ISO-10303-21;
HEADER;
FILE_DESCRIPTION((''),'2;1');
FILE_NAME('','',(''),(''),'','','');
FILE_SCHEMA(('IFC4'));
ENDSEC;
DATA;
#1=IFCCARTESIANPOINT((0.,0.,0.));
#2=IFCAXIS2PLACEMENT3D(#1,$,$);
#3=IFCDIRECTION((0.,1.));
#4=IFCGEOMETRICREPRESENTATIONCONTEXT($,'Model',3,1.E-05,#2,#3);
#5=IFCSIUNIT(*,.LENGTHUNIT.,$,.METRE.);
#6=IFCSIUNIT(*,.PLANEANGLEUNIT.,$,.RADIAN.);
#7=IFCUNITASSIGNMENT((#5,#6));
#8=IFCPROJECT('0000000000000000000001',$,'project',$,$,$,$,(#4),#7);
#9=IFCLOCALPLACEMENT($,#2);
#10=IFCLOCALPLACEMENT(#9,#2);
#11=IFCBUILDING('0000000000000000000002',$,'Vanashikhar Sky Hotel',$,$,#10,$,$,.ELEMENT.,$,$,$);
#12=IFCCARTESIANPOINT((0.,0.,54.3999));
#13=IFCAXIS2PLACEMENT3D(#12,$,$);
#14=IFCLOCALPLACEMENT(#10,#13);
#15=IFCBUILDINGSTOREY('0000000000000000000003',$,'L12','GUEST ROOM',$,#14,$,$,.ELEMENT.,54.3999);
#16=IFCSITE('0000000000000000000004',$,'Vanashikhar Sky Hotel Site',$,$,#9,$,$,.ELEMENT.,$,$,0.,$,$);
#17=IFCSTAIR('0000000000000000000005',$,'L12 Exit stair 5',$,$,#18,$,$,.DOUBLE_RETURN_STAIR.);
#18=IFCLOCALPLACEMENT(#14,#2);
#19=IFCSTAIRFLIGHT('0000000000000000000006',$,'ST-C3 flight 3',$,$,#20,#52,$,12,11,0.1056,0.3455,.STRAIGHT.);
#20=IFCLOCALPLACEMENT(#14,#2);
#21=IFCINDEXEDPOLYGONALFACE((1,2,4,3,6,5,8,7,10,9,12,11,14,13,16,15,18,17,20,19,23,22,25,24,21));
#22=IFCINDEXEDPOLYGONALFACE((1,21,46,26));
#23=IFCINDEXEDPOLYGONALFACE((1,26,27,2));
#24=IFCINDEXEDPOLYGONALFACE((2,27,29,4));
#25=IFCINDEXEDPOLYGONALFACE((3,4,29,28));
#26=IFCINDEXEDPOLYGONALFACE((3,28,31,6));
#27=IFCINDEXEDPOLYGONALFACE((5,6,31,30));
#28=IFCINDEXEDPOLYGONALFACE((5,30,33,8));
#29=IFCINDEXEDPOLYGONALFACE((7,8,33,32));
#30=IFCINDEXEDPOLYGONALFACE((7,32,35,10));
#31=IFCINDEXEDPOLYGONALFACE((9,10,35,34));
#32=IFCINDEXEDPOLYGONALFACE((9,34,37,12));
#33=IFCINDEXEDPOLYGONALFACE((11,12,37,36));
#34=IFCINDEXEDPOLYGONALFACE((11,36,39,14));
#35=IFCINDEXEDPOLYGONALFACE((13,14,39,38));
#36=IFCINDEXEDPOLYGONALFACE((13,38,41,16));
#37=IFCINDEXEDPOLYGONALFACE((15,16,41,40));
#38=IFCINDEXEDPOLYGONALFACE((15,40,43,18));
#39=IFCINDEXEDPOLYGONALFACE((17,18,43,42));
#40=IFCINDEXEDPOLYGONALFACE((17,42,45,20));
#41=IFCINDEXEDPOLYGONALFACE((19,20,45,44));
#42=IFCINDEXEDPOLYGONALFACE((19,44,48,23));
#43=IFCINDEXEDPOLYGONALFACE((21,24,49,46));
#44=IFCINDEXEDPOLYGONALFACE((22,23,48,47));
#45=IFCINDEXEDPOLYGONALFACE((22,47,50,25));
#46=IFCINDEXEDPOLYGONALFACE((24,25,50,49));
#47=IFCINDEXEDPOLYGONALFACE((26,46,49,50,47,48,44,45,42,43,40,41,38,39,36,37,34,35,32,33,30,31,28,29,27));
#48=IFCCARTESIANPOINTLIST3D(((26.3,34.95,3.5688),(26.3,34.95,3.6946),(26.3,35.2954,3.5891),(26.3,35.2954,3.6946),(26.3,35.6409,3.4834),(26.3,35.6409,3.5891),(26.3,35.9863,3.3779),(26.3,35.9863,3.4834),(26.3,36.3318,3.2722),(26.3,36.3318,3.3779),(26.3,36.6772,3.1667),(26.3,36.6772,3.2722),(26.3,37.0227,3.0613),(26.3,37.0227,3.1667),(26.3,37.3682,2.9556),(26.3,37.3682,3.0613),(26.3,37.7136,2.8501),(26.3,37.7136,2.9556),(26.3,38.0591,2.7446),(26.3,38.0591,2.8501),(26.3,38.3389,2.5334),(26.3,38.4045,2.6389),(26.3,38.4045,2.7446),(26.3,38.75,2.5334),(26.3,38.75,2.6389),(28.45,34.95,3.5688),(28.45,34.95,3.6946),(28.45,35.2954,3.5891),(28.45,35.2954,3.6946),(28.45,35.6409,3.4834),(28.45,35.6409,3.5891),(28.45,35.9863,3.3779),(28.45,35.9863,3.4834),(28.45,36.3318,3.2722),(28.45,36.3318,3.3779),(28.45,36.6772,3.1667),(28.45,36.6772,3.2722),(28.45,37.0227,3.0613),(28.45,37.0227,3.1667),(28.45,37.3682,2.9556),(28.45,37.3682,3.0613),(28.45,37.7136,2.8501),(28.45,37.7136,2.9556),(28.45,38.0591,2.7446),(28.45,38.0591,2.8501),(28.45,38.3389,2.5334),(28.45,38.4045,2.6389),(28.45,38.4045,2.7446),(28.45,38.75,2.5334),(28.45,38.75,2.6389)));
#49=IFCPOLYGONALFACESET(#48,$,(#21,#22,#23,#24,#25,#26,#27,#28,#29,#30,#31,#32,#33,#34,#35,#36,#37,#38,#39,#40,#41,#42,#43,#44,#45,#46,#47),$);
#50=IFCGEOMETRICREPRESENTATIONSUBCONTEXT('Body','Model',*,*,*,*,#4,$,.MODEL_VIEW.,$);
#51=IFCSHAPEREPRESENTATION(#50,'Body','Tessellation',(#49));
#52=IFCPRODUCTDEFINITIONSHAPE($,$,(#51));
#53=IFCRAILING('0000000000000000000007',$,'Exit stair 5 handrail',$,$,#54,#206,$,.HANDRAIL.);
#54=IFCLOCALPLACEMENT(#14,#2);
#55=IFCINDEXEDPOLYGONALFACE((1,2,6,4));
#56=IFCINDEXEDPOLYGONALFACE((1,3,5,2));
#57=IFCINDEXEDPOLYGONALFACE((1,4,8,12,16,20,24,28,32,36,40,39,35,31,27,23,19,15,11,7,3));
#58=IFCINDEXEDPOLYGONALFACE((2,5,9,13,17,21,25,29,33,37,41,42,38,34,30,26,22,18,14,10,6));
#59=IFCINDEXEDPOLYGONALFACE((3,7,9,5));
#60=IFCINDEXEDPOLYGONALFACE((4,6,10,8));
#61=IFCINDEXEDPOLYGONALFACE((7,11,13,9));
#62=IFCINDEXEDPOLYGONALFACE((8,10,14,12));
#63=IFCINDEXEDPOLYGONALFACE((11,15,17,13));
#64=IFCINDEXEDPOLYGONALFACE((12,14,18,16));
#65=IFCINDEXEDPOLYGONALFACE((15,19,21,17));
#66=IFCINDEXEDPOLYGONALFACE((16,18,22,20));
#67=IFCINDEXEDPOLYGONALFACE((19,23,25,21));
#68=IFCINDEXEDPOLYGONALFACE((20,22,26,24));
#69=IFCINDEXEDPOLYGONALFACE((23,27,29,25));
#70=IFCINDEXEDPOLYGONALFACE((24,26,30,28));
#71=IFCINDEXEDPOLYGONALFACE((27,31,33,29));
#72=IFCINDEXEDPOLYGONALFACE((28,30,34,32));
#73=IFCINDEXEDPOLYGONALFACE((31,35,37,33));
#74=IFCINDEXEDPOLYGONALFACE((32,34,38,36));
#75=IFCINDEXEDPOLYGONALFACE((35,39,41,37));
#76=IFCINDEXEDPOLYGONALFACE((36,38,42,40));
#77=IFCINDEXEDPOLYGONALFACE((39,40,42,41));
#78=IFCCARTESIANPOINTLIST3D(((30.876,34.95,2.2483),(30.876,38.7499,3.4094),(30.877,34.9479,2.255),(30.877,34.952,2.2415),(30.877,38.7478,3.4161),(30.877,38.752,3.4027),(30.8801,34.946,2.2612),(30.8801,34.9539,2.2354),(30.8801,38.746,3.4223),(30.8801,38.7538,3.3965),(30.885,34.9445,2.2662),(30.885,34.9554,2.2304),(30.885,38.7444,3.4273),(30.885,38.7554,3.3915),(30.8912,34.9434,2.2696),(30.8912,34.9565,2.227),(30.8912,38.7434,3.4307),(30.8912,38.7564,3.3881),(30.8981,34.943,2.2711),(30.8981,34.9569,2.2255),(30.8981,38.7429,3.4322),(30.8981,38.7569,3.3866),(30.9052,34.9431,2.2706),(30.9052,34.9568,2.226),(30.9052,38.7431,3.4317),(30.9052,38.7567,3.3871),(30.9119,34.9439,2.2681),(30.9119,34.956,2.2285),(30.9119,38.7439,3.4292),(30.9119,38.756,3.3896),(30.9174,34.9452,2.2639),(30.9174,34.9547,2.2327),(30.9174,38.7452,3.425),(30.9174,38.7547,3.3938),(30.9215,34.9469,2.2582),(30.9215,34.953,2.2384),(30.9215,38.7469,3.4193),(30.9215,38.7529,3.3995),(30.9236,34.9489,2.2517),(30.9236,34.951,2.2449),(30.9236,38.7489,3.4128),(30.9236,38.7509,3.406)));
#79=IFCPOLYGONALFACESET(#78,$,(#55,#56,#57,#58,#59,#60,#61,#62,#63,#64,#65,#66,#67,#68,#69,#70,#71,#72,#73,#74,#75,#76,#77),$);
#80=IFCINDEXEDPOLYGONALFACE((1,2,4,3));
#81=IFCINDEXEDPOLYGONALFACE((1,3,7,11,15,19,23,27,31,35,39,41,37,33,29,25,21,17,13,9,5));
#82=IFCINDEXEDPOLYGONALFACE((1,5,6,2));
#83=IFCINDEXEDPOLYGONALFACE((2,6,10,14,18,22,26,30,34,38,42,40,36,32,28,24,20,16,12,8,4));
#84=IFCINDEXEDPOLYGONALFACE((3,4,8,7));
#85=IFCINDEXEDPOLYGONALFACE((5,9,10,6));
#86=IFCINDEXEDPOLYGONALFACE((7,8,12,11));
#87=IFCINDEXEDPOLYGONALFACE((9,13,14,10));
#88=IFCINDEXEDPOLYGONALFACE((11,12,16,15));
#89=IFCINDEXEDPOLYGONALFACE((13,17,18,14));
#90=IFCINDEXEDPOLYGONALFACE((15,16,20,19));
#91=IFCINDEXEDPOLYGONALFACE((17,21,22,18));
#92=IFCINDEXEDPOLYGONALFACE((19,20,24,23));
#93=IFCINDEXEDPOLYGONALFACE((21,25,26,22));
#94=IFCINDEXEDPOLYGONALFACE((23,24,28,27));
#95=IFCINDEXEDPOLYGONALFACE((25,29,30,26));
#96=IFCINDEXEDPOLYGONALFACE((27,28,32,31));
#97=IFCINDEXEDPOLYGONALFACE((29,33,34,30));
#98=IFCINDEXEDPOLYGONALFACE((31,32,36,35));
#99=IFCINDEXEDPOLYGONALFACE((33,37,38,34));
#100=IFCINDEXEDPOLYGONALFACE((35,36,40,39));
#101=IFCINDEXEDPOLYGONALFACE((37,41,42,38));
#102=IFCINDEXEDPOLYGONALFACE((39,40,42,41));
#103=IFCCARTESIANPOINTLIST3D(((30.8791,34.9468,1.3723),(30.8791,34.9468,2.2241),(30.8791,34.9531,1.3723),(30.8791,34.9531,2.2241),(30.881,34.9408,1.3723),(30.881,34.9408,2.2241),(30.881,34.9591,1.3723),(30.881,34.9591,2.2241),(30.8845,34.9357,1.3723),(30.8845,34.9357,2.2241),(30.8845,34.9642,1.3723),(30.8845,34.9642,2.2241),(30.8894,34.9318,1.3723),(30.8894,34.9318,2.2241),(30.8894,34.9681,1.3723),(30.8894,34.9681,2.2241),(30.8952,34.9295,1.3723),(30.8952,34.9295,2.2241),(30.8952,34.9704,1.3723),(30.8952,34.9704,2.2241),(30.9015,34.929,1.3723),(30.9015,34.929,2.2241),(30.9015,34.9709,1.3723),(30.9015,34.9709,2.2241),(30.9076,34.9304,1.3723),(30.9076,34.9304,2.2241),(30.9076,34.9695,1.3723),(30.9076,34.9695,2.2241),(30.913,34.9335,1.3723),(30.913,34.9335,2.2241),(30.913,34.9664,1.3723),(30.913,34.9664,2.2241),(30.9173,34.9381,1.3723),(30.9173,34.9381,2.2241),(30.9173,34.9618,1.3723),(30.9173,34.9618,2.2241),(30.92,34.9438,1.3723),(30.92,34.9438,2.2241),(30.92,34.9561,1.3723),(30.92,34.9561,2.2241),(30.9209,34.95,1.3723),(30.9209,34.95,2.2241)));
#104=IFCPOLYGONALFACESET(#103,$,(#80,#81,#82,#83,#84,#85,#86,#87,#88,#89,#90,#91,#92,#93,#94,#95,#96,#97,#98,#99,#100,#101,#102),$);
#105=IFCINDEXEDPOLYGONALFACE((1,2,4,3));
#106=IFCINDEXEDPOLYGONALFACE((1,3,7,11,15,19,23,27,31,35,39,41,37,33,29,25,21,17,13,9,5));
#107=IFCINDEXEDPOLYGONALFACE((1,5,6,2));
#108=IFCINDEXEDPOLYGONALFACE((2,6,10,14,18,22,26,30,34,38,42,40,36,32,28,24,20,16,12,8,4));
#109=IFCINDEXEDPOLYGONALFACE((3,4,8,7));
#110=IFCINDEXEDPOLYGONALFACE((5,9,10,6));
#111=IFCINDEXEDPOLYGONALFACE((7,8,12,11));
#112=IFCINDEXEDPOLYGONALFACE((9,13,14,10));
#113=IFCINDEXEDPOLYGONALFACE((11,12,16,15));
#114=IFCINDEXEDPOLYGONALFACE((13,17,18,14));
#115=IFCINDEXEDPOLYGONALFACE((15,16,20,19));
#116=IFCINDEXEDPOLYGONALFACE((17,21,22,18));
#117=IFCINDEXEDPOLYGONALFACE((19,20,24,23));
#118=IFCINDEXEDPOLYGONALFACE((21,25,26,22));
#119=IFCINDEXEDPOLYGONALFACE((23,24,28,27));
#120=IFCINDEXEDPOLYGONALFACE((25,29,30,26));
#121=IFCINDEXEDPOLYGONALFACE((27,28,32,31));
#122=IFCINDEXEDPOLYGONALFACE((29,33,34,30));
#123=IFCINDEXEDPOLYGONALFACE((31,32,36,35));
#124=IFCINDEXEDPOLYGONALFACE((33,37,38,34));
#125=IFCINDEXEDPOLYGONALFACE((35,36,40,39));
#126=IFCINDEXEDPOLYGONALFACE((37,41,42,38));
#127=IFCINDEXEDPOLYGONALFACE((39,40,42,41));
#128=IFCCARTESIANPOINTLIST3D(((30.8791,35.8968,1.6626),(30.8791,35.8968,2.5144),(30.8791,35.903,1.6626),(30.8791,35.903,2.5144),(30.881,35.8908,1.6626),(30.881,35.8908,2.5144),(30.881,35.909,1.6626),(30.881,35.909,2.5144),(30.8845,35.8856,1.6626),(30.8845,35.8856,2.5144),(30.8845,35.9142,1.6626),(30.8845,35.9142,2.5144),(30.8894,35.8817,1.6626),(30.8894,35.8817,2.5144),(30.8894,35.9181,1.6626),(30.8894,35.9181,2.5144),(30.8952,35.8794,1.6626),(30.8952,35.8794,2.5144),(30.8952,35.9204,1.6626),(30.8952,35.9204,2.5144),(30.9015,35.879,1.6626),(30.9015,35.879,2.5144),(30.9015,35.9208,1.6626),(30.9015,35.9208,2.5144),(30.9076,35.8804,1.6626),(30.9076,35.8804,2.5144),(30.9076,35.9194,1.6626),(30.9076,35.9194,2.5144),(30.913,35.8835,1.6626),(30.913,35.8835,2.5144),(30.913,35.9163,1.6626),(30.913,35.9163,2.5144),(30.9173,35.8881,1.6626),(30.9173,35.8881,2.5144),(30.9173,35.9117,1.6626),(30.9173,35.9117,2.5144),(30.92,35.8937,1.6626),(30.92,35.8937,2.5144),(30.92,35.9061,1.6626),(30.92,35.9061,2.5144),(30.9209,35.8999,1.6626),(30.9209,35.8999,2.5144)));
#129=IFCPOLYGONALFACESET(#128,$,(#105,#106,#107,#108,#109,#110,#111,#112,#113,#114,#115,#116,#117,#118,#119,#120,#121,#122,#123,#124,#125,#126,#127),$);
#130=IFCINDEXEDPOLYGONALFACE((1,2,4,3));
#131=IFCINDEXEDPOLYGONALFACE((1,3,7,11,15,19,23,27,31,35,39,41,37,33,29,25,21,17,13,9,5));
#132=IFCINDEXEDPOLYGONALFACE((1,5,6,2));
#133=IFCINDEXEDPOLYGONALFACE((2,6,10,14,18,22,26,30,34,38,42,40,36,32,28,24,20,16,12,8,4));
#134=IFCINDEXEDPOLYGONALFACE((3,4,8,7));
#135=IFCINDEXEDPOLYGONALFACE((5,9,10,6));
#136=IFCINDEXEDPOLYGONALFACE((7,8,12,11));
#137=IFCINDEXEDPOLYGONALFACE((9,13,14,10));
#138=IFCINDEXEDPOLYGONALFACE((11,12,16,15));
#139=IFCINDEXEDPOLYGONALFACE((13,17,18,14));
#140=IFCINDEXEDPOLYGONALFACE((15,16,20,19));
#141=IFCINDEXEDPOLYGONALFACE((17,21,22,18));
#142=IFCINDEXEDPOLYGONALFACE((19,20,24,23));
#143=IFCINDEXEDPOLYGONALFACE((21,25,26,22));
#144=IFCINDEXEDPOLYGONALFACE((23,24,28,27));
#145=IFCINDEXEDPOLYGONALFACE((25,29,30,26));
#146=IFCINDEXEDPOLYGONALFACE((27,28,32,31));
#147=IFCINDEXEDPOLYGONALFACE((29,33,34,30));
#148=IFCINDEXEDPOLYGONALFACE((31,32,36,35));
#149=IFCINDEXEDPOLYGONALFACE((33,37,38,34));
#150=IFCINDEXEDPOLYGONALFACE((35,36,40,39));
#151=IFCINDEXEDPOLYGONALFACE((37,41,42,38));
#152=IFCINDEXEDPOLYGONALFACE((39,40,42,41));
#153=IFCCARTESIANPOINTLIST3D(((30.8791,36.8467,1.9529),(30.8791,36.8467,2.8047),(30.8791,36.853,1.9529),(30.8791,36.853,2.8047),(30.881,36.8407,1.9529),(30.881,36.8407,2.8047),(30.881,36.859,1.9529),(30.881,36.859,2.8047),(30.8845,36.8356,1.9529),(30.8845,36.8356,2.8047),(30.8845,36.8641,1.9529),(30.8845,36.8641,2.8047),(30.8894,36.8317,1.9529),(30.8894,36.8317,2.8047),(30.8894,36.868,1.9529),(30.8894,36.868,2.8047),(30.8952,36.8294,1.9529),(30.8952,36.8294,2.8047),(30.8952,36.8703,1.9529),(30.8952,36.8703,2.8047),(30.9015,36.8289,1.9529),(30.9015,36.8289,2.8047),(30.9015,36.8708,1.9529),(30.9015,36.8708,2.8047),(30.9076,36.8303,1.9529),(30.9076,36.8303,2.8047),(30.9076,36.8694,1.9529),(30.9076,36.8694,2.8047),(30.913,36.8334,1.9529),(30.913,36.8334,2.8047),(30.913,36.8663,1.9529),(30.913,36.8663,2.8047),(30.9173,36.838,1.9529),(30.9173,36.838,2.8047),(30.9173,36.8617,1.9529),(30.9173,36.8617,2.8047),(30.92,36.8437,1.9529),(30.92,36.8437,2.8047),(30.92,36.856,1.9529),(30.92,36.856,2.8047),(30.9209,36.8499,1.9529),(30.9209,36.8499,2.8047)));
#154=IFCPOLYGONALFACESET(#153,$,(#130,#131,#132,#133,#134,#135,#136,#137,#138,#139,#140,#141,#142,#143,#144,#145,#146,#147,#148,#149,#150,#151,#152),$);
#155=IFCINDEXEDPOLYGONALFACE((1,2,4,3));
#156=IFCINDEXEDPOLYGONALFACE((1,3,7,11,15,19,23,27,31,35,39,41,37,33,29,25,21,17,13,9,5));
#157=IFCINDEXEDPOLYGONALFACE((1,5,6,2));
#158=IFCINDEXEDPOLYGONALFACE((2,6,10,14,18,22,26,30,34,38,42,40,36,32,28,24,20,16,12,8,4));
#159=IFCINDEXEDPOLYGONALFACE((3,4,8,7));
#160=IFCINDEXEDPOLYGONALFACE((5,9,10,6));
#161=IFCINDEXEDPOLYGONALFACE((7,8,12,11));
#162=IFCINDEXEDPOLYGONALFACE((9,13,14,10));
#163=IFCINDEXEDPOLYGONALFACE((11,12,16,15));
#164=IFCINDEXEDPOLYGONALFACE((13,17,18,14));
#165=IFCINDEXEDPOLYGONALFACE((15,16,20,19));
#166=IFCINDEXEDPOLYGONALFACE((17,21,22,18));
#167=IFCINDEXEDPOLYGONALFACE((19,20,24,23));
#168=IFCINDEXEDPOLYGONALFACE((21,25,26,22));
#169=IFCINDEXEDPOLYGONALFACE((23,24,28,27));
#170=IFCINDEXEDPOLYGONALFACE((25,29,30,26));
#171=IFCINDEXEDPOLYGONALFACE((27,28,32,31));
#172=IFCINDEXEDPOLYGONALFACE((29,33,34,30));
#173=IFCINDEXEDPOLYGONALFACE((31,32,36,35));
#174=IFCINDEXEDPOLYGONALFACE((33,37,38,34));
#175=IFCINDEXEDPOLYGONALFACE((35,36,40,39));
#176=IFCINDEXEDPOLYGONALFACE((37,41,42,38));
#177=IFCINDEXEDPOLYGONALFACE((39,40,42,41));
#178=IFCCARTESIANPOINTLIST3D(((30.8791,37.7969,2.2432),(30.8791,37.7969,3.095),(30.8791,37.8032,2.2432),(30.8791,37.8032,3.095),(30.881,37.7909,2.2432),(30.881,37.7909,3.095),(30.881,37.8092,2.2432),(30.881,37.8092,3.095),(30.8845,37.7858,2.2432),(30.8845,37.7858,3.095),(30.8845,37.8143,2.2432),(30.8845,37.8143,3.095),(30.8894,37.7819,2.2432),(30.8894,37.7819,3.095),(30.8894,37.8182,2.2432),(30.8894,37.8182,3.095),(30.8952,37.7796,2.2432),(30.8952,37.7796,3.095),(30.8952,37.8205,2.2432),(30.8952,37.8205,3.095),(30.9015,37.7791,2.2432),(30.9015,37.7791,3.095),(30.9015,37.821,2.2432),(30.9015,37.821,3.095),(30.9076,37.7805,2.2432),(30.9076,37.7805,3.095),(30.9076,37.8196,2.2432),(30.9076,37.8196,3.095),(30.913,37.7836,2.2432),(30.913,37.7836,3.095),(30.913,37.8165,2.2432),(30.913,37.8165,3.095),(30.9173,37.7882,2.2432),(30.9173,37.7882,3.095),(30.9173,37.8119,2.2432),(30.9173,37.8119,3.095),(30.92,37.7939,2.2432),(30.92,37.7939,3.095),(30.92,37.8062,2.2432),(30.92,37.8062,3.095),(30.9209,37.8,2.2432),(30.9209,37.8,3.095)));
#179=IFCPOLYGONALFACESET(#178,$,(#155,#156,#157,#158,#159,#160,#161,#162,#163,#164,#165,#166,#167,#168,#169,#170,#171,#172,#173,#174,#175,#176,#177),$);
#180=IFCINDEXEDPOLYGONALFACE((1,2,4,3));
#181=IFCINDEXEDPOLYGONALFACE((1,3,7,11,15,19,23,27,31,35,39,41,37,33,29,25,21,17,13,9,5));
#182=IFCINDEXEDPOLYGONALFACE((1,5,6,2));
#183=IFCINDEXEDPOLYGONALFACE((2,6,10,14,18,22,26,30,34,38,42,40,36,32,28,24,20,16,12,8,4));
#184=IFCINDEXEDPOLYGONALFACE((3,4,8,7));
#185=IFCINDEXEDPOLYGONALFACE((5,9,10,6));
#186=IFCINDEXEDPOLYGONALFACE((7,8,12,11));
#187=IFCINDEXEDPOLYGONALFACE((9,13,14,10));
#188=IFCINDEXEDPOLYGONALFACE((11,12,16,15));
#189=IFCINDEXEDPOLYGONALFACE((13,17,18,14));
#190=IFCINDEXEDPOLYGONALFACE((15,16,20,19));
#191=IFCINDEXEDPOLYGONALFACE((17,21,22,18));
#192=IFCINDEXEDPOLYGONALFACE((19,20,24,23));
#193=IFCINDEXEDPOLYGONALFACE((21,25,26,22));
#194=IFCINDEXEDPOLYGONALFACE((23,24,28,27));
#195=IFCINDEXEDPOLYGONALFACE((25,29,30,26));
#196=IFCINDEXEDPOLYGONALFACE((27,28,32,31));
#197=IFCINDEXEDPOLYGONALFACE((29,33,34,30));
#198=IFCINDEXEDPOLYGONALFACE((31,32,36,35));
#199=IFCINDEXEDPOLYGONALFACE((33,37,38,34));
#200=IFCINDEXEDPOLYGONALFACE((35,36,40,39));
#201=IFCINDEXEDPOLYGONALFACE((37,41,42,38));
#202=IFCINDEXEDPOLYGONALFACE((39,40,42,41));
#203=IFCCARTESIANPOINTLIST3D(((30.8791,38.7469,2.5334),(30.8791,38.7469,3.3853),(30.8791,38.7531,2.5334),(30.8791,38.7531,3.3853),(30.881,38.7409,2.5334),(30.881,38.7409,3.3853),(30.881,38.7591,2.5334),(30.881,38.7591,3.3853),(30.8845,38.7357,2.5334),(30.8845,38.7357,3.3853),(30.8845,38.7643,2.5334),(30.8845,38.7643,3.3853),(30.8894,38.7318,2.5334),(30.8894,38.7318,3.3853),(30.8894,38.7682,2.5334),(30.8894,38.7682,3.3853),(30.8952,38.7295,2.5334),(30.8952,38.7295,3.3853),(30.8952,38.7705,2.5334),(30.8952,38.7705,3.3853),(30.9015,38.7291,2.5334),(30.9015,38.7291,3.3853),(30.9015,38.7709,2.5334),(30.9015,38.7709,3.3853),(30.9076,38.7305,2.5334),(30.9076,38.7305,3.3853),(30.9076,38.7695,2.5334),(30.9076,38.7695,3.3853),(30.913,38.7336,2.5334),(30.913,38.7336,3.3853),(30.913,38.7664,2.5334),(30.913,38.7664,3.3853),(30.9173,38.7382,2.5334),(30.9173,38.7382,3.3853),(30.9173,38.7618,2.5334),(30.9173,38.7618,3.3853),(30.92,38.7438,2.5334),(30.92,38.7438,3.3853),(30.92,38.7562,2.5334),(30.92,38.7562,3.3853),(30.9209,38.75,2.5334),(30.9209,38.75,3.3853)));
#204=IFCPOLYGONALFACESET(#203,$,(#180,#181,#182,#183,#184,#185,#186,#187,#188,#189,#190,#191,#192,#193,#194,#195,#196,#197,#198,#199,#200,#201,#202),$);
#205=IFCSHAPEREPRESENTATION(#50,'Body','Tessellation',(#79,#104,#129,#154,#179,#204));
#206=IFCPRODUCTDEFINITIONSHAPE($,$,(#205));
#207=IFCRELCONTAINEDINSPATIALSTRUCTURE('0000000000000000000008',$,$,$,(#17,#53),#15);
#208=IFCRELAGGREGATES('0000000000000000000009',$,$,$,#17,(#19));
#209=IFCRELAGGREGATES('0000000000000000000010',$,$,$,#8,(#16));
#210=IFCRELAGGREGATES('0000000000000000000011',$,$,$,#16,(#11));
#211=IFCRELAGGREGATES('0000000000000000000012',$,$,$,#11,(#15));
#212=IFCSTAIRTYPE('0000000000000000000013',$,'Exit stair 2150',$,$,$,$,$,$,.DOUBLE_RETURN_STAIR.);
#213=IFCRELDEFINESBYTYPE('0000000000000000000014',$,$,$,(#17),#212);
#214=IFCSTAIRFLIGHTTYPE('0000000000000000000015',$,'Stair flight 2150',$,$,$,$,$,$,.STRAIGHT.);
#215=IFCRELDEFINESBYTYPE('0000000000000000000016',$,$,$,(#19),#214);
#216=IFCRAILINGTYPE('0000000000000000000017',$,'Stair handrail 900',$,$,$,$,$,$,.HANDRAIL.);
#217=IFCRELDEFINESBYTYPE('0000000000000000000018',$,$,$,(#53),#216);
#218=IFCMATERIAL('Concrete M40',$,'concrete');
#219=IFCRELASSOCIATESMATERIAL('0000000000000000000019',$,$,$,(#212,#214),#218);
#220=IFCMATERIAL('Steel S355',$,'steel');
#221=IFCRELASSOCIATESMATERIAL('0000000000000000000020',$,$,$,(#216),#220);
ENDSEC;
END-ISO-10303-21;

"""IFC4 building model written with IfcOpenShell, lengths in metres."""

from ifc_helpers import new_model, si_unit, direction, frame, origin, origin_2d, place, context, subcontext, project, spatial, polyline, circle, outline, extrude, source, transform, mapped, material, type_object, element, aggregate, save


model = new_model("IFC4")

# Units and contexts
model_context = context("Model", 3, precision=1e-05, world=origin(), true_north=direction((0.0, 1.0)))
body_context = subcontext(model_context, "Body", "Model", "MODEL_VIEW")
ifc_project = project(units=[si_unit("LENGTHUNIT", "METRE"), si_unit("PLANEANGLEUNIT", "RADIAN")], contexts=[model_context])

# Site, building, storey
site_placement = place(None, origin())
site = spatial("IfcSite", under=ifc_project, at=site_placement, Name="Vanashikhar Sky Hotel Site", CompositionType="ELEMENT", RefElevation=0.0)
building_placement = place(site_placement, origin())
building = spatial("IfcBuilding", under=site, at=building_placement, Name="Vanashikhar Sky Hotel", CompositionType="ELEMENT")
storey_placement = place(building_placement, frame((0.0, 0.0, 54.3999)))
storey = spatial("IfcBuildingStorey", under=building, at=storey_placement, Name="L12", Description="GUEST ROOM", CompositionType="ELEMENT", Elevation=54.3999)

# Shared definitions
ifc_material_1 = material(Name="Concrete M40", Category="concrete")

# Stair, stair flight
stair_type = type_object("IfcStairType", Name="Exit stair 2150", PredefinedType="DOUBLE_RETURN_STAIR", material=ifc_material_1)
stair_placement = place(storey_placement, origin())
stair = element("IfcStair", 1, at=stair_placement, inside=storey, type_object=stair_type, Name="L12 Exit stair 5", PredefinedType="DOUBLE_RETURN_STAIR")
stair_flight_type = type_object("IfcStairFlightType", Name="Stair flight 2150", PredefinedType="STRAIGHT", material=ifc_material_1)
shared_shape_1 = source(origin(), body_context, "Body", "SweptSolid", [
    extrude(outline(polyline([(0.0, 0.0), (0.0, 0.1055), (0.3455, 0.1055), (0.3455, 0.2112), (0.6909, 0.2112), (0.6909, 0.3167), (1.0364, 0.3167), (1.0364, 0.4221), (1.3818, 0.4221), (1.3818, 0.5278), (1.7273, 0.5278), (1.7273, 0.6333), (2.0728, 0.6333), (2.0728, 0.7388), (2.4182, 0.7388), (2.4182, 0.8445), (2.7637, 0.8445), (2.7637, 0.95), (3.1091, 0.95), (3.1091, 1.0557), (3.4546, 1.0557), (3.4546, 1.1611), (3.8, 1.1611), (3.8, 1.2666), (3.8, 1.0354), (0.4111, 0.0), (0.0, 0.0)])), frame((0.0, 1.075, 0.0), z_axis=(0.0, -1.0, 0.0), x_axis=(1.0, 0.0, 0.0)), (0.0, 0.0, 1.0), 2.1499),
])
stair_flight_1_placement = place(storey_placement, frame((27.375, 38.75, 2.5334), z_axis=(0.0, 0.0, 1.0), x_axis=(0.0, -1.0, 0.0)))
stair_flight_1 = element("IfcStairFlight", 2, at=stair_flight_1_placement, type_object=stair_flight_type, Name="ST-C3 flight 3", NumberOfRisers=12, NumberOfTreads=11, PredefinedType="STRAIGHT", RiserHeight=0.1056, TreadLength=0.3455, context=body_context, shape_type="MappedRepresentation", body=[
    mapped(shared_shape_1, transform((0.0, 0.0, 0.0), scale=1.0)),
])
aggregate(stair, [stair_flight_1])

# Railing
ifc_material_2 = material(Name="Steel S355", Category="steel")
railing_type_1 = type_object("IfcRailingType", Name="Stair handrail 900", PredefinedType="HANDRAIL", material=ifc_material_2)
shared_shape_2 = source(origin(), body_context, "Body", "SweptSolid", [
    extrude(circle(Radius=0.0239, at=origin_2d()), frame((0.0, 0.0, 0.876), z_axis=(0.0, 0.956351, 0.29222), x_axis=(-1.0, 0.0, 0.0)), (0.0, 0.0, 1.0), 3.9734),
    extrude(circle(Radius=0.021, at=origin_2d()), origin(), (0.0, 0.0, 1.0), 0.8518),
    extrude(circle(Radius=0.021, at=origin_2d()), frame((0.0, 0.95, 0.2903)), (0.0, 0.0, 1.0), 0.8518),
    extrude(circle(Radius=0.021, at=origin_2d()), frame((0.0, 1.8999, 0.5806)), (0.0, 0.0, 1.0), 0.8518),
    extrude(circle(Radius=0.021, at=origin_2d()), frame((0.0, 2.8501, 0.8708)), (0.0, 0.0, 1.0), 0.8518),
    extrude(circle(Radius=0.021, at=origin_2d()), frame((0.0, 3.8, 1.1611)), (0.0, 0.0, 1.0), 0.8518),
])
railing_1_placement = place(storey_placement, frame((30.8999, 34.95, 1.3723)))
element("IfcRailing", 3, at=railing_1_placement, inside=storey, type_object=railing_type_1, Name="Exit stair 5 handrail", PredefinedType="HANDRAIL", context=body_context, shape_type="MappedRepresentation", body=[
    mapped(shared_shape_2, transform((0.0, 0.0, 0.0), scale=1.0)),
])

save(model, "model.ifc")
